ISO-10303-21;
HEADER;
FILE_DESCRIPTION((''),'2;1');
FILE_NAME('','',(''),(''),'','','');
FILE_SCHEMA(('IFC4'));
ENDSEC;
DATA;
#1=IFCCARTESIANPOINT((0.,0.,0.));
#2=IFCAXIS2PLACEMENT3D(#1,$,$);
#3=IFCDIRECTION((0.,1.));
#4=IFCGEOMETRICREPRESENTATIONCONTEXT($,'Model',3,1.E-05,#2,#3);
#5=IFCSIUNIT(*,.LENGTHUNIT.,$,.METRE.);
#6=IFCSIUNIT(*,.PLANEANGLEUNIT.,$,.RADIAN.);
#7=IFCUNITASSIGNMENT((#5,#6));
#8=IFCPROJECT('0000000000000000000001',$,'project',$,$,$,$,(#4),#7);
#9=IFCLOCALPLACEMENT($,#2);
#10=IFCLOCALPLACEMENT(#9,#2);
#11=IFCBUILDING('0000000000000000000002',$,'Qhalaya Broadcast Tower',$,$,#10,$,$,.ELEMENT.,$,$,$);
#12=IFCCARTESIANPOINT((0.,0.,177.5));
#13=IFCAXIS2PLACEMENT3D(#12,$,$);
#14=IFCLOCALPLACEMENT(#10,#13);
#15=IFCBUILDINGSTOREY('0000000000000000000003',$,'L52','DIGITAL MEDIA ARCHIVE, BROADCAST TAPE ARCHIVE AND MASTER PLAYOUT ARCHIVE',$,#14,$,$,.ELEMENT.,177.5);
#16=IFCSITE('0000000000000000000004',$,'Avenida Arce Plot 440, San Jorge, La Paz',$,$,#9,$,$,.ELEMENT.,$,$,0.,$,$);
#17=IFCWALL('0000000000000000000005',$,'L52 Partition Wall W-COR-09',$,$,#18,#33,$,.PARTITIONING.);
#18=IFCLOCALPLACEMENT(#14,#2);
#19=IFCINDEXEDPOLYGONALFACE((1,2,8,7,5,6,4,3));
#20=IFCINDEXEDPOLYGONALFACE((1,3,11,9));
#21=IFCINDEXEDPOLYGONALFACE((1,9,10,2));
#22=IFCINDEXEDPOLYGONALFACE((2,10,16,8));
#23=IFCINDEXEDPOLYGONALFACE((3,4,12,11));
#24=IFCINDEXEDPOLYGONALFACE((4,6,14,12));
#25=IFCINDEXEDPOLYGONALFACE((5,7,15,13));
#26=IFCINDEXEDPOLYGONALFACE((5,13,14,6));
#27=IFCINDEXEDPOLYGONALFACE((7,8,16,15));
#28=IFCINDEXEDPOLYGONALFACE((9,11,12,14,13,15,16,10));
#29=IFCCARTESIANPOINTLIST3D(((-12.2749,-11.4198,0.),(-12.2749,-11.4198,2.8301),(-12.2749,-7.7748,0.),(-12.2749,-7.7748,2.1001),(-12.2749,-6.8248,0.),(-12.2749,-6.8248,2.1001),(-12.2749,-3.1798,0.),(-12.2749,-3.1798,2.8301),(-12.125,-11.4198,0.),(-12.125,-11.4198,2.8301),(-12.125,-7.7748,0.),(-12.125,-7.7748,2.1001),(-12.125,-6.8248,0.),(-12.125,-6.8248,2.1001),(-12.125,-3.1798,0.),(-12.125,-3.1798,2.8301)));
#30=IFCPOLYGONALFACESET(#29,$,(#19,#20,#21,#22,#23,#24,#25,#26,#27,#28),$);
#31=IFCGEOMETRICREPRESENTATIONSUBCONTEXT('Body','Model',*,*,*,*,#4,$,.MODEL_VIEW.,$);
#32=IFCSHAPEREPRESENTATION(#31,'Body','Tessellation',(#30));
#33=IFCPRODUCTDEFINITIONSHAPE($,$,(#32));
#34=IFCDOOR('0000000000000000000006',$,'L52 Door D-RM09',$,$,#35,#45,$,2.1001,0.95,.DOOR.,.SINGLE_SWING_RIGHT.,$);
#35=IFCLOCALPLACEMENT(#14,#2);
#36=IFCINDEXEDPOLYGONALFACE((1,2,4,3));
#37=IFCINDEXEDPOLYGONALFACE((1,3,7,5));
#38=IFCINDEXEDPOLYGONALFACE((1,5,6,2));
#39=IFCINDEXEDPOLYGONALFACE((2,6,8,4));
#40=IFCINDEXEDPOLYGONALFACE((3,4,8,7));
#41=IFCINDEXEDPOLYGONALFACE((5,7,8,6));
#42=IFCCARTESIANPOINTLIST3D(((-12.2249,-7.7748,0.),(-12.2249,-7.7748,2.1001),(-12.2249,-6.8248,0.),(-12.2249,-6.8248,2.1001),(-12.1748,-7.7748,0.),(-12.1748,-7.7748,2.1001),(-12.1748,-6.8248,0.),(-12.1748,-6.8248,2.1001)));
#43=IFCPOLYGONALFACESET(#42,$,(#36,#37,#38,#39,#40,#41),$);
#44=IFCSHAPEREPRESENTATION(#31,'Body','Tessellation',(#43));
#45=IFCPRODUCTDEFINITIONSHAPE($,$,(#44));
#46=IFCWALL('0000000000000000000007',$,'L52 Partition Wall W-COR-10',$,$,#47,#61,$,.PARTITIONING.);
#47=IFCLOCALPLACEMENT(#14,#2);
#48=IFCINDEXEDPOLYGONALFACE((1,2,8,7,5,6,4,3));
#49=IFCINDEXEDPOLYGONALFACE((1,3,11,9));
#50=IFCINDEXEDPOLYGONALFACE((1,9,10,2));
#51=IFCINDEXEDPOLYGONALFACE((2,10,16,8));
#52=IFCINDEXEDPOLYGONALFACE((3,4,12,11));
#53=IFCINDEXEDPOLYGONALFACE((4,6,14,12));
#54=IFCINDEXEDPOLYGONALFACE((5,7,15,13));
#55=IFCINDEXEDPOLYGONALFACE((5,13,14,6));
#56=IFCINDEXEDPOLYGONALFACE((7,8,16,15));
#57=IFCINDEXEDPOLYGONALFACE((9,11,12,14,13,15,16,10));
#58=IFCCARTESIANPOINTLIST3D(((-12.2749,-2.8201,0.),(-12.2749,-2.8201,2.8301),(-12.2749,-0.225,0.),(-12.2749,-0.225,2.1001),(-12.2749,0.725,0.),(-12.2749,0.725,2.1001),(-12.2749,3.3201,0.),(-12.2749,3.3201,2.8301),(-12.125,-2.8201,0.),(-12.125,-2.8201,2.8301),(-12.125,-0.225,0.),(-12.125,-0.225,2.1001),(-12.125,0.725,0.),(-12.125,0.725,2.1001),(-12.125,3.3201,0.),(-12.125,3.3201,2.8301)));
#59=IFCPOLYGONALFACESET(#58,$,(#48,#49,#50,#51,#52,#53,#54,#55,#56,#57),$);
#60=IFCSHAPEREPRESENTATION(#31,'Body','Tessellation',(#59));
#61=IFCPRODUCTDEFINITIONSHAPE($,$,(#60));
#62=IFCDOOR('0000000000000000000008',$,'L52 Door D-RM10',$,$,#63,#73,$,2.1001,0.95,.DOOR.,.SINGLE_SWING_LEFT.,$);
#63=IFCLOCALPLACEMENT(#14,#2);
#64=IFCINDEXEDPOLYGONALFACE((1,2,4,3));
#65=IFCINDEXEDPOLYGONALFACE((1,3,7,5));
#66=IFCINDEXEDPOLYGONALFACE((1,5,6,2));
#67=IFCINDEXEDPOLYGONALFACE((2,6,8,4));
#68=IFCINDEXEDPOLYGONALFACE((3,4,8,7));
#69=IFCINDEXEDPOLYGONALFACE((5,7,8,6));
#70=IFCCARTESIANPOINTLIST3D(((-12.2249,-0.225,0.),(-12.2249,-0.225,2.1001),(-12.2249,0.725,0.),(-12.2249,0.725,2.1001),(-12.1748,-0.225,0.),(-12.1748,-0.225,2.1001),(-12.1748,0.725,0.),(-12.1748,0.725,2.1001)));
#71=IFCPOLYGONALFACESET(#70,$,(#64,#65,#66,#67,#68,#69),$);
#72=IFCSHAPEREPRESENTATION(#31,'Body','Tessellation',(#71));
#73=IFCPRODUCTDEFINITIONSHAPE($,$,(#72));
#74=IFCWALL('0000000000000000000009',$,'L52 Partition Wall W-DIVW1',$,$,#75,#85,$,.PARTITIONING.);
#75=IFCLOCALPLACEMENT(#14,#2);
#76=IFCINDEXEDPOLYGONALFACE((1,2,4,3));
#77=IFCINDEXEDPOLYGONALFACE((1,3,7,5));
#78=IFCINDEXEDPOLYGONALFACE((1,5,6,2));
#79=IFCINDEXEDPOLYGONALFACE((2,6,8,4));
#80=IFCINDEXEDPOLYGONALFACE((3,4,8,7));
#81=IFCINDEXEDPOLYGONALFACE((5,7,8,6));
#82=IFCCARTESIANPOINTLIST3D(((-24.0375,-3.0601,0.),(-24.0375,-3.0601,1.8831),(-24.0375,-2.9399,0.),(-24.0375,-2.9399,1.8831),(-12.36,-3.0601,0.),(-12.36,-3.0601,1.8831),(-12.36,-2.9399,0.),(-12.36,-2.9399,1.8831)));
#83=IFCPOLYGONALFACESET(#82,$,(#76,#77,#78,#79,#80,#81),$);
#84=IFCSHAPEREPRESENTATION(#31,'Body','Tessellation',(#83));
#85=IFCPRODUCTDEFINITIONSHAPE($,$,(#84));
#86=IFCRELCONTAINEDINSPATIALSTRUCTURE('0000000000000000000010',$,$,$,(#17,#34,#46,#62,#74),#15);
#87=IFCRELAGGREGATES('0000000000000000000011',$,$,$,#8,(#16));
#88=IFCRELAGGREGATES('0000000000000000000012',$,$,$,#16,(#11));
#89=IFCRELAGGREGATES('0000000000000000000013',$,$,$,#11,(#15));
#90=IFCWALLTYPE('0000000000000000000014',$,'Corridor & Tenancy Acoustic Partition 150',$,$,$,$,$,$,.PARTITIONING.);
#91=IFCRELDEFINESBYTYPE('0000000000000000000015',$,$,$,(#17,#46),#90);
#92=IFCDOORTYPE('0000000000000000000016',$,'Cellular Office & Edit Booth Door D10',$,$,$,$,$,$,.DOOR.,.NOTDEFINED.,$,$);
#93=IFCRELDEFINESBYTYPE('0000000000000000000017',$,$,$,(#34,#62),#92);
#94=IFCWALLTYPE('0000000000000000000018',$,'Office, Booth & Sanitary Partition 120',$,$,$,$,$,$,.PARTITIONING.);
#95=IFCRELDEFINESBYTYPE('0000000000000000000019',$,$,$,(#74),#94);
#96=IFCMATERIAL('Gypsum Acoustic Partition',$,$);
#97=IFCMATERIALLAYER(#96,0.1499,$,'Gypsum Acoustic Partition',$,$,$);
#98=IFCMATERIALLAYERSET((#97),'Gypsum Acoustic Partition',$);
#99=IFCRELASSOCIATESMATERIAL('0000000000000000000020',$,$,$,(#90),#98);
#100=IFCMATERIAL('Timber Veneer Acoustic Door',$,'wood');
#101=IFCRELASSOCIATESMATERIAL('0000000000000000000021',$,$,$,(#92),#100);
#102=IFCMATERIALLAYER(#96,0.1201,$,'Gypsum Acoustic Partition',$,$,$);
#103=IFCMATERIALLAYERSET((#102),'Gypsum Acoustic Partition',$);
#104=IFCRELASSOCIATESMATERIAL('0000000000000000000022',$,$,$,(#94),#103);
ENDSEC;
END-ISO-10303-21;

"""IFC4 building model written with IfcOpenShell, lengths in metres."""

from ifc_helpers import new_model, si_unit, direction, frame, frame_2d, origin, place, context, subcontext, project, spatial, rectangle, extrude, material, layer, layer_set, type_object, element, fill, save


model = new_model("IFC4")

# Units and contexts
model_context = context("Model", 3, precision=1e-05, world=origin(), true_north=direction((0.0, 1.0)))
body_context = subcontext(model_context, "Body", "Model", "MODEL_VIEW")
ifc_project = project(units=[si_unit("LENGTHUNIT", "METRE"), si_unit("PLANEANGLEUNIT", "RADIAN")], contexts=[model_context])

# Site, building, storey
site_placement = place(None, origin())
site = spatial("IfcSite", under=ifc_project, at=site_placement, Name="Avenida Arce Plot 440, San Jorge, La Paz", CompositionType="ELEMENT", RefElevation=0.0)
building_placement = place(site_placement, origin())
building = spatial("IfcBuilding", under=site, at=building_placement, Name="Qhalaya Broadcast Tower", CompositionType="ELEMENT")
storey_placement = place(building_placement, frame((0.0, 0.0, 177.5)))
storey = spatial("IfcBuildingStorey", under=building, at=storey_placement, Name="L52", Description="DIGITAL MEDIA ARCHIVE, BROADCAST TAPE ARCHIVE AND MASTER PLAYOUT ARCHIVE", CompositionType="ELEMENT", Elevation=177.5)

# Walls, openings, doors
ifc_material_1 = material(Name="Gypsum Acoustic Partition")
ifc_layer_1 = layer(ifc_material_1, 0.1499, Name="Gypsum Acoustic Partition")
ifc_layer_set_1 = layer_set([ifc_layer_1], Name="Gypsum Acoustic Partition")
wall_type_1 = type_object("IfcWallType", Name="Corridor & Tenancy Acoustic Partition 150", PredefinedType="PARTITIONING", material=ifc_layer_set_1)
wall_1_placement = place(storey_placement, frame((-12.2, -11.4199, 0.0), z_axis=(0.0, 0.0, 1.0), x_axis=(0.0, 1.0, 0.0)))
wall_1 = element("IfcWall", 1, at=wall_1_placement, inside=storey, type_object=wall_type_1, Name="L52 Partition Wall W-COR-09", PredefinedType="PARTITIONING", context=body_context, shape_type="SweptSolid", body=[
    extrude(rectangle(XDim=8.24, YDim=0.1499, at=frame_2d((4.1201, 0.0))), origin(), (0.0, 0.0, 1.0), 2.8301),
])
opening_1_placement = place(wall_1_placement, frame((3.645, 0.0, 0.0)))
opening_1 = element("IfcOpeningElement", 2, at=opening_1_placement, cuts=wall_1, PredefinedType="OPENING", context=body_context, shape_type="SweptSolid", body=[
    extrude(rectangle(XDim=0.95, YDim=2.1001, at=frame_2d((0.4751, 1.05))), frame((0.0, 0.0869, 0.0), z_axis=(0.0, -1.0, 0.0), x_axis=(1.0, 0.0, 0.0)), (0.0, 0.0, 1.0), 0.1738),
])
ifc_material_2 = material(Name="Timber Veneer Acoustic Door", Category="wood")
door_type = type_object("IfcDoorType", Name="Cellular Office & Edit Booth Door D10", OperationType="NOTDEFINED", PredefinedType="DOOR", material=ifc_material_2)
door_1_placement = place(opening_1_placement, origin())
door_1 = element("IfcDoor", 3, at=door_1_placement, inside=storey, type_object=door_type, Name="L52 Door D-RM09", OperationType="SINGLE_SWING_RIGHT", OverallHeight=2.1001, OverallWidth=0.95, PredefinedType="DOOR", context=body_context, shape_type="SweptSolid", body=[
    extrude(rectangle(XDim=0.95, YDim=2.1001, at=frame_2d((0.4751, 1.05))), frame((0.0, 0.0249, 0.0), z_axis=(0.0, -1.0, 0.0), x_axis=(1.0, 0.0, 0.0)), (0.0, 0.0, 1.0), 0.05),
])
fill(opening_1, door_1)
wall_2_placement = place(storey_placement, frame((-12.2, -2.8201, 0.0), z_axis=(0.0, 0.0, 1.0), x_axis=(0.0, 1.0, 0.0)))
wall_2 = element("IfcWall", 4, at=wall_2_placement, inside=storey, type_object=wall_type_1, Name="L52 Partition Wall W-COR-10", PredefinedType="PARTITIONING", context=body_context, shape_type="SweptSolid", body=[
    extrude(rectangle(XDim=6.1401, YDim=0.1499, at=frame_2d((3.0701, 0.0))), origin(), (0.0, 0.0, 1.0), 2.8301),
])
opening_2_placement = place(wall_2_placement, frame((2.595, 0.0, 0.0)))
opening_2 = element("IfcOpeningElement", 5, at=opening_2_placement, cuts=wall_2, PredefinedType="OPENING", context=body_context, shape_type="SweptSolid", body=[
    extrude(rectangle(XDim=0.95, YDim=2.1001, at=frame_2d((0.4751, 1.05))), frame((0.0, 0.0869, 0.0), z_axis=(0.0, -1.0, 0.0), x_axis=(1.0, 0.0, 0.0)), (0.0, 0.0, 1.0), 0.1738),
])
door_2_placement = place(opening_2_placement, origin())
door_2 = element("IfcDoor", 6, at=door_2_placement, inside=storey, type_object=door_type, Name="L52 Door D-RM10", OperationType="SINGLE_SWING_LEFT", OverallHeight=2.1001, OverallWidth=0.95, PredefinedType="DOOR", context=body_context, shape_type="SweptSolid", body=[
    extrude(rectangle(XDim=0.95, YDim=2.1001, at=frame_2d((0.4751, 1.05))), frame((0.0, 0.0249, 0.0), z_axis=(0.0, -1.0, 0.0), x_axis=(1.0, 0.0, 0.0)), (0.0, 0.0, 1.0), 0.05),
])
fill(opening_2, door_2)

# Wall
ifc_layer_2 = layer(ifc_material_1, 0.1201, Name="Gypsum Acoustic Partition")
ifc_layer_set_2 = layer_set([ifc_layer_2], Name="Gypsum Acoustic Partition")
wall_type_2 = type_object("IfcWallType", Name="Office, Booth & Sanitary Partition 120", PredefinedType="PARTITIONING", material=ifc_layer_set_2)
wall_3_placement = place(storey_placement, frame((-24.0376, -3.0, 0.0), z_axis=(0.0, 0.0, 1.0), x_axis=(1.0, 0.0, 0.0)))
element("IfcWall", 7, at=wall_3_placement, inside=storey, type_object=wall_type_2, Name="L52 Partition Wall W-DIVW1", PredefinedType="PARTITIONING", context=body_context, shape_type="SweptSolid", body=[
    extrude(rectangle(XDim=11.6775, YDim=0.1201, at=frame_2d((5.8389, 0.0))), origin(), (0.0, 0.0, 1.0), 1.8831),
])

save(model, "model.ifc")
